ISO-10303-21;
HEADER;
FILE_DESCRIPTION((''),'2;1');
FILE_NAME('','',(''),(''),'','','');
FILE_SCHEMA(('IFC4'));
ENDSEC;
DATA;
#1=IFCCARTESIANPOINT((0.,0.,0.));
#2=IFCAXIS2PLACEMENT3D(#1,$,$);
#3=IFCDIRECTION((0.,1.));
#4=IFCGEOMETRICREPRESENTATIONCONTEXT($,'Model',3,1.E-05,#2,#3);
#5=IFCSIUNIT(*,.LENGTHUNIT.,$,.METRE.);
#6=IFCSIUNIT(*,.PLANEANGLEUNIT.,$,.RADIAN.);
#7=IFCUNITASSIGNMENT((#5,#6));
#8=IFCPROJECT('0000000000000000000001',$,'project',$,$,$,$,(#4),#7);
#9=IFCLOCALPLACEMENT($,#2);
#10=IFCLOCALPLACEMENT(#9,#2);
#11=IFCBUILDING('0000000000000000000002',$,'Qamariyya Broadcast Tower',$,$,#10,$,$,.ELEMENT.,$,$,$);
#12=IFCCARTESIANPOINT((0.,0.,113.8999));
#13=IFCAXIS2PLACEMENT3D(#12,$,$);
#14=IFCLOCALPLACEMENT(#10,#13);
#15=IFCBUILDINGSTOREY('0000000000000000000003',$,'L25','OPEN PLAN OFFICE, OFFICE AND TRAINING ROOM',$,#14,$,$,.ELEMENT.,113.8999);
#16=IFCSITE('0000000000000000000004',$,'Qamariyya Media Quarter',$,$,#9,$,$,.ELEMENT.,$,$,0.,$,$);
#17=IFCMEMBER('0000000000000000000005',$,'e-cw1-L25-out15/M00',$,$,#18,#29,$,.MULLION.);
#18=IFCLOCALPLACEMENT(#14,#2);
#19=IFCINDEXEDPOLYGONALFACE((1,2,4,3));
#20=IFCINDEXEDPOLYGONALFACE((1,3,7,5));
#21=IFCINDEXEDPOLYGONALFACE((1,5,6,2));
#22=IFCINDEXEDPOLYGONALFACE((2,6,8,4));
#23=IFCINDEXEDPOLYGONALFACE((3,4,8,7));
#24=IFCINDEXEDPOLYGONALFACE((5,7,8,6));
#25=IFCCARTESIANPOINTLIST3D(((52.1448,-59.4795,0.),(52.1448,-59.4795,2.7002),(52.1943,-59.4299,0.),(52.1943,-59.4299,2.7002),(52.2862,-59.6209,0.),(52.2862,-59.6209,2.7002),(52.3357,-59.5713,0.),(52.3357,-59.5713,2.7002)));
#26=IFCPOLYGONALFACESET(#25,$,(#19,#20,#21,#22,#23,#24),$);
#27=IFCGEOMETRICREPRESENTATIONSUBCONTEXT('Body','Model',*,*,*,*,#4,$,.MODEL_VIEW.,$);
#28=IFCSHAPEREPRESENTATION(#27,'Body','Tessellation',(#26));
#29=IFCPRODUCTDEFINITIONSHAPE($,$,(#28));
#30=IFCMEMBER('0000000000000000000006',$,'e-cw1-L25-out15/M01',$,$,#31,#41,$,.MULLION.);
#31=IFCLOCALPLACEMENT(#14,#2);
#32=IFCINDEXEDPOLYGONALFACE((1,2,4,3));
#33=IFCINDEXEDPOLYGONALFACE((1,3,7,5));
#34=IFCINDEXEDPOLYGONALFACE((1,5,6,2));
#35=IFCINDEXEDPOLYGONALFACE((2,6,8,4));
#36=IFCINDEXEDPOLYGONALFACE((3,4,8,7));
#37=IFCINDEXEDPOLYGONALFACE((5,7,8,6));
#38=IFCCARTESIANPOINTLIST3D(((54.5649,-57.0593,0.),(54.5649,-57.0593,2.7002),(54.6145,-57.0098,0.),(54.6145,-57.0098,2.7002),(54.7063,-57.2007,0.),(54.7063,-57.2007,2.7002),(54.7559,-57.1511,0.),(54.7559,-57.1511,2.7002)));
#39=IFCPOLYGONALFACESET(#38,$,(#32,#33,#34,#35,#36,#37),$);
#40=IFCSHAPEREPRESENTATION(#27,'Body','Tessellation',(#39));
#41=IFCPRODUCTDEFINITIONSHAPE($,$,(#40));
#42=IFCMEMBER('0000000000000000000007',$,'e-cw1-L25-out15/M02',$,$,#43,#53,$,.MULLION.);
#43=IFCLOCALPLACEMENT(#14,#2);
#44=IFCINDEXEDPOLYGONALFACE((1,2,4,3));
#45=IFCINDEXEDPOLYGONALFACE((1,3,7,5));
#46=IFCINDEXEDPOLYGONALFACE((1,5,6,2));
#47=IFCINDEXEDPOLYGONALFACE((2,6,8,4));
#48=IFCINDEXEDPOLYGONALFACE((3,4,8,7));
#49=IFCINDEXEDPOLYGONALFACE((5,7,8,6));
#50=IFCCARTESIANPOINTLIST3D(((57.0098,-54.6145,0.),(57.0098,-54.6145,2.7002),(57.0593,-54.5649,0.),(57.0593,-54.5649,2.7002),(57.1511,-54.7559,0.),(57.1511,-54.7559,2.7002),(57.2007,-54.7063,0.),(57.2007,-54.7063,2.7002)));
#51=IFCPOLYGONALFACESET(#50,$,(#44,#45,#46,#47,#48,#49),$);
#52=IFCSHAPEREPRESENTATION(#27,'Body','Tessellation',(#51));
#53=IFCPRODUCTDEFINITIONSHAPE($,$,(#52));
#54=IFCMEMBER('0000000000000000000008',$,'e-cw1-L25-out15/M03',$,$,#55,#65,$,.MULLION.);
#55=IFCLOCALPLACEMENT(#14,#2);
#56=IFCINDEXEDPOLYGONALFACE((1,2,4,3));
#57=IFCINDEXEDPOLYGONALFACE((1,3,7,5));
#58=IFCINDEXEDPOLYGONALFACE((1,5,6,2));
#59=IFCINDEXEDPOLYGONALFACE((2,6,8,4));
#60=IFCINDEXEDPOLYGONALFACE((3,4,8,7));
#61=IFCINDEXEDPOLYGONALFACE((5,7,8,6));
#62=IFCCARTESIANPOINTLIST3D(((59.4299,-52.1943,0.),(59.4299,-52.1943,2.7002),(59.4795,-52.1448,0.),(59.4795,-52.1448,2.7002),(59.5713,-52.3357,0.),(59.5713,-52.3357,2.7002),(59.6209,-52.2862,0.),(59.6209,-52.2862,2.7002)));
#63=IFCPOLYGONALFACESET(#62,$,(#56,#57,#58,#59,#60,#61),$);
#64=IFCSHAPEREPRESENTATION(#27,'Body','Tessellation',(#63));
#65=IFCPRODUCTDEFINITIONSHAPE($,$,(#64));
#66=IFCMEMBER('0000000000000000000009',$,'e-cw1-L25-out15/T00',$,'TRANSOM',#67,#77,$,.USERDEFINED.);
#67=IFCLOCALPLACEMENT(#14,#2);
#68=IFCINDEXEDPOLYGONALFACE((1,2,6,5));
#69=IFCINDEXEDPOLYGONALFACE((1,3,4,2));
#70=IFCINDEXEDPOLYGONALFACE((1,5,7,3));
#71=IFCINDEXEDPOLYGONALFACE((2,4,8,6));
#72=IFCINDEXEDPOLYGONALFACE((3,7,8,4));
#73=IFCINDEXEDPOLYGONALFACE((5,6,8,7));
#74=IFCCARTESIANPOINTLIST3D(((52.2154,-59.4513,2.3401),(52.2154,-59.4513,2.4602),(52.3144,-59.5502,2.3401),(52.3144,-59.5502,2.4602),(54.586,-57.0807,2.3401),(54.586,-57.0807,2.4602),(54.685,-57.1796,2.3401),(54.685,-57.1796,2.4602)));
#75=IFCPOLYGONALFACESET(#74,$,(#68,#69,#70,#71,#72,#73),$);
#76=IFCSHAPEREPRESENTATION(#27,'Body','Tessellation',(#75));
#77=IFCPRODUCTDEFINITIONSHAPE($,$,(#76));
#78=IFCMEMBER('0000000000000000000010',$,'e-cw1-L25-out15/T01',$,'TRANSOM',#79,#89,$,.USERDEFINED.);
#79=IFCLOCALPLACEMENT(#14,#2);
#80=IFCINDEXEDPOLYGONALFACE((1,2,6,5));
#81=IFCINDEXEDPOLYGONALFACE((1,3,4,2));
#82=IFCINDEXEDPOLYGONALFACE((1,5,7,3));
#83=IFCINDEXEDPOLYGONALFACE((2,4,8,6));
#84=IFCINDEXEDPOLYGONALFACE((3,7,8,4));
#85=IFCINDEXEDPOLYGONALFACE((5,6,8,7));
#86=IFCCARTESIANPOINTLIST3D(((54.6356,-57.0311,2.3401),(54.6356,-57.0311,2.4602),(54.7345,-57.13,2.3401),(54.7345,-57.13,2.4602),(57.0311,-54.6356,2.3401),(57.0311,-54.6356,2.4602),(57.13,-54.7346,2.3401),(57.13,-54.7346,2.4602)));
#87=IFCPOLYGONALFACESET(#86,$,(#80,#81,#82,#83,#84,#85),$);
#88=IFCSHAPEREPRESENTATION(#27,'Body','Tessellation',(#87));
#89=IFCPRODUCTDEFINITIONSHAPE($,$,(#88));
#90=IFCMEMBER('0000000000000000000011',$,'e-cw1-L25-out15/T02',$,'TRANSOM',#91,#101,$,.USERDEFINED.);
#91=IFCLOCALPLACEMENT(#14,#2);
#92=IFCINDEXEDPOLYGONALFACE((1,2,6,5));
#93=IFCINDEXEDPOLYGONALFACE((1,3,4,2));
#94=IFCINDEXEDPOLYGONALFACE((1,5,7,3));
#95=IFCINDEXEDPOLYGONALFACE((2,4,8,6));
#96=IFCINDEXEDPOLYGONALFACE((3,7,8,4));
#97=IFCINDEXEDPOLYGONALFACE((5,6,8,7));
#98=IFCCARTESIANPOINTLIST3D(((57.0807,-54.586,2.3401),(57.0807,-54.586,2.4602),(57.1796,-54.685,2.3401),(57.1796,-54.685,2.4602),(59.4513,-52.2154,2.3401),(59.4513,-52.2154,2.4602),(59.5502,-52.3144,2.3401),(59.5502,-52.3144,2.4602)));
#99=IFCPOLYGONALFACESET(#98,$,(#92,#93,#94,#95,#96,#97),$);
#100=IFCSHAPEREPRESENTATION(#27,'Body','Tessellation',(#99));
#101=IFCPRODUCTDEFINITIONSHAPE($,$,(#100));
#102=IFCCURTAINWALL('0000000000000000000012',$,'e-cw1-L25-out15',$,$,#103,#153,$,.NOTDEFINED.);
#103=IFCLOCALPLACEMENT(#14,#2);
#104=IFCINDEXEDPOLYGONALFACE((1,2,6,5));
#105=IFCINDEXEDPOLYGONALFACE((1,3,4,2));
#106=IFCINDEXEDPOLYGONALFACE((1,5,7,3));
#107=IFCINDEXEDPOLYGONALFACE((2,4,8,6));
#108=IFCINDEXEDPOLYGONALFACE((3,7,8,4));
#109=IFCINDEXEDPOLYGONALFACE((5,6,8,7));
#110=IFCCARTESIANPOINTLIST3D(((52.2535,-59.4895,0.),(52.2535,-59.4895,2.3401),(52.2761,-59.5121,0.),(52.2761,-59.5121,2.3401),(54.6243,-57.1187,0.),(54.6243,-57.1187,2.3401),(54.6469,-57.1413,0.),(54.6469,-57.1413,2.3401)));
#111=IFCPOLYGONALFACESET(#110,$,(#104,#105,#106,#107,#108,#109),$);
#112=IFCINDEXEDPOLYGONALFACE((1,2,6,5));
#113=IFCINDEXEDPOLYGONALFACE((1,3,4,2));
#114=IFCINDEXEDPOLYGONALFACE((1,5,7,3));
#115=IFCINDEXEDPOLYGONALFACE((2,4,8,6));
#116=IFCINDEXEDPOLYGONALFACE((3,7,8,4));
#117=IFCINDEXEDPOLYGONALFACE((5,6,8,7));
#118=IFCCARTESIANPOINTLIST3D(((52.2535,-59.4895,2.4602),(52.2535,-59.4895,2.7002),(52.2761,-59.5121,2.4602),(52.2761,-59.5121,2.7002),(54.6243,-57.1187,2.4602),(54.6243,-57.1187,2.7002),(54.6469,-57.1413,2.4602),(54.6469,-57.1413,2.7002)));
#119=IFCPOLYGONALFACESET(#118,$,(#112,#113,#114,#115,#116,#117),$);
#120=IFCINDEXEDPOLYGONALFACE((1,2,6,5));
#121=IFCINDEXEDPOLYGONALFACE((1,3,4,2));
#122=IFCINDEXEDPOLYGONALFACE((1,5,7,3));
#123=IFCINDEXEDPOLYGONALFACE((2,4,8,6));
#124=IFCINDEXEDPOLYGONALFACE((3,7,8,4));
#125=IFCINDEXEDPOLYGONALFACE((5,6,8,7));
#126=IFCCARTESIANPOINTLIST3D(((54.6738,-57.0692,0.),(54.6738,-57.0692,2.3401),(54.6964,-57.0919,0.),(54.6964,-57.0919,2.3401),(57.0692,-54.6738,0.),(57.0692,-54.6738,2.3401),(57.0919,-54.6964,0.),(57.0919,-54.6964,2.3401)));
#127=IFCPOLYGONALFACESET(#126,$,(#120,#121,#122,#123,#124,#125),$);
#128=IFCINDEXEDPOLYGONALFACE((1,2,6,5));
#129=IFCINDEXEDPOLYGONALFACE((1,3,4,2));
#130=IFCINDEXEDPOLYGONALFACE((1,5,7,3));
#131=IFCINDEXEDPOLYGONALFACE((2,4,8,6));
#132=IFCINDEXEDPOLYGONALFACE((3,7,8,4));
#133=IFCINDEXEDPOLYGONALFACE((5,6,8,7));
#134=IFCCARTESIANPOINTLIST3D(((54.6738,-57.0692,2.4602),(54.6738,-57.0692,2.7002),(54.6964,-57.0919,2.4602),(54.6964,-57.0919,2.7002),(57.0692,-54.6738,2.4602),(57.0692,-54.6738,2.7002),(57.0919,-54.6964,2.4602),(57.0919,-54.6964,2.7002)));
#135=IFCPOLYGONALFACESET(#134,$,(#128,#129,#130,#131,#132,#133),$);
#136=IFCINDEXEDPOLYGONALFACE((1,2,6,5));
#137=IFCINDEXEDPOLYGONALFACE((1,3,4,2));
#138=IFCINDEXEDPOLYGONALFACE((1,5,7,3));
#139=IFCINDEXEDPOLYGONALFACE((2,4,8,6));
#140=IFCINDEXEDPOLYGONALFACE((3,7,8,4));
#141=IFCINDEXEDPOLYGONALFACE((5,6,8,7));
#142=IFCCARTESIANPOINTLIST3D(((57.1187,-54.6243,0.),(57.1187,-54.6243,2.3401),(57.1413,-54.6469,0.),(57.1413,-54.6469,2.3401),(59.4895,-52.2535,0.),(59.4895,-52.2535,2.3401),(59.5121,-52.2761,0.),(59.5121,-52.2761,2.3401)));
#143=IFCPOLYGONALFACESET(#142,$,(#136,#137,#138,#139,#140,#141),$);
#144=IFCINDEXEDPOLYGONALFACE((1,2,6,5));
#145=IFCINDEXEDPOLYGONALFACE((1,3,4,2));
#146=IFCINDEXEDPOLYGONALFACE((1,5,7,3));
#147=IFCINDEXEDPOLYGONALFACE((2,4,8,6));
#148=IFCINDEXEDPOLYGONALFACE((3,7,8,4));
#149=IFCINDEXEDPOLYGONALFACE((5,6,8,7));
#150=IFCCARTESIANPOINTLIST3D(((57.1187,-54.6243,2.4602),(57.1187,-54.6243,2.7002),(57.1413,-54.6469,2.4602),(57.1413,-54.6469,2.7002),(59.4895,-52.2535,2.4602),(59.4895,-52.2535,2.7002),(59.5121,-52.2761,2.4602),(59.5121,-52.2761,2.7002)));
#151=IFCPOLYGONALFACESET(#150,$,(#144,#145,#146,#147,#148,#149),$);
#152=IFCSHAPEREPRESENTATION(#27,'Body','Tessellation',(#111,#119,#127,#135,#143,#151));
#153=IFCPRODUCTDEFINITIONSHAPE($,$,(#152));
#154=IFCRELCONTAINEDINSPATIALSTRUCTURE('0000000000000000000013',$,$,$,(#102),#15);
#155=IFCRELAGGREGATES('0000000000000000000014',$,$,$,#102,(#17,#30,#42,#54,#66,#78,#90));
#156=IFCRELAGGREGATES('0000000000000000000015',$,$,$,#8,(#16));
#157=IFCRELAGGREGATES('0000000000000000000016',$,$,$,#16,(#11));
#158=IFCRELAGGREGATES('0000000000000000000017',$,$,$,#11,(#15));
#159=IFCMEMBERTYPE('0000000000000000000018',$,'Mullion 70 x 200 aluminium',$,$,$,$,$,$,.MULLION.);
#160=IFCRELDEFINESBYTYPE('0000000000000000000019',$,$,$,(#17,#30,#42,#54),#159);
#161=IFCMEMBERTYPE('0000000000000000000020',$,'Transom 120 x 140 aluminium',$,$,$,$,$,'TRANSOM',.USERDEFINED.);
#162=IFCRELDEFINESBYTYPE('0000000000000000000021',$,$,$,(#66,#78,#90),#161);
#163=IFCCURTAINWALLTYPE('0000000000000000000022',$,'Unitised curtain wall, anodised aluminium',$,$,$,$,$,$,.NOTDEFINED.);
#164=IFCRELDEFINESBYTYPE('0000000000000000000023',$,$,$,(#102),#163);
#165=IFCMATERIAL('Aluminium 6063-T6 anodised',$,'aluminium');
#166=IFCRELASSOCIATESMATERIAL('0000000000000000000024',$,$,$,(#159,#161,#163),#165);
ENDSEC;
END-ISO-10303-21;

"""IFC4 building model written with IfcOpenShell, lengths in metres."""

from ifc_helpers import new_model, si_unit, direction, frame, origin, origin_2d, place, context, subcontext, project, spatial, rectangle, extrude, material, material_profile, profile_set, type_object, element, aggregate, save


model = new_model("IFC4")

# Units and contexts
model_context = context("Model", 3, precision=1e-05, world=origin(), true_north=direction((0.0, 1.0)))
body_context = subcontext(model_context, "Body", "Model", "MODEL_VIEW")
ifc_project = project(units=[si_unit("LENGTHUNIT", "METRE"), si_unit("PLANEANGLEUNIT", "RADIAN")], contexts=[model_context])

# Members
ifc_material = material(Name="Aluminium 6063-T6 anodised", Category="aluminium")
ifc_material_profile_1 = material_profile(ifc_material, rectangle(XDim=0.2, YDim=0.0701, at=origin_2d()))
ifc_profile_set_1 = profile_set([ifc_material_profile_1], Name="Aluminium 6063-T6 anodised")
member_type_1 = type_object("IfcMemberType", Name="Mullion 70 x 200 aluminium", PredefinedType="MULLION", material=ifc_profile_set_1)
site_placement = place(None, origin())
building_placement = place(site_placement, origin())
storey_placement = place(building_placement, frame((0.0, 0.0, 113.8999)))
member_1_placement = place(storey_placement, frame((52.2402, -59.5254, 0.0), z_axis=(0.0, 0.0, 1.0), x_axis=(-0.707107, 0.707107, 0.0)))
member_1 = element("IfcMember", 1, at=member_1_placement, type_object=member_type_1, Name="e-cw1-L25-out15/M00", PredefinedType="MULLION", context=body_context, shape_type="SweptSolid", body=[
    extrude(rectangle(XDim=0.2, YDim=0.0701, at=origin_2d()), origin(), (0.0, 0.0, 1.0), 2.7002),
])
member_2_placement = place(storey_placement, frame((54.6604, -57.1052, 0.0), z_axis=(0.0, 0.0, 1.0), x_axis=(-0.707107, 0.707107, 0.0)))
member_2 = element("IfcMember", 2, at=member_2_placement, type_object=member_type_1, Name="e-cw1-L25-out15/M01", PredefinedType="MULLION", context=body_context, shape_type="SweptSolid", body=[
    extrude(rectangle(XDim=0.2, YDim=0.0701, at=origin_2d()), origin(), (0.0, 0.0, 1.0), 2.7002),
])
member_3_placement = place(storey_placement, frame((57.1052, -54.6604, 0.0), z_axis=(0.0, 0.0, 1.0), x_axis=(-0.707107, 0.707107, 0.0)))
member_3 = element("IfcMember", 3, at=member_3_placement, type_object=member_type_1, Name="e-cw1-L25-out15/M02", PredefinedType="MULLION", context=body_context, shape_type="SweptSolid", body=[
    extrude(rectangle(XDim=0.2, YDim=0.0701, at=origin_2d()), origin(), (0.0, 0.0, 1.0), 2.7002),
])
member_4_placement = place(storey_placement, frame((59.5254, -52.2402, 0.0), z_axis=(0.0, 0.0, 1.0), x_axis=(-0.707107, 0.707107, 0.0)))
member_4 = element("IfcMember", 4, at=member_4_placement, type_object=member_type_1, Name="e-cw1-L25-out15/M03", PredefinedType="MULLION", context=body_context, shape_type="SweptSolid", body=[
    extrude(rectangle(XDim=0.2, YDim=0.0701, at=origin_2d()), origin(), (0.0, 0.0, 1.0), 2.7002),
])
ifc_material_profile_2 = material_profile(ifc_material, rectangle(XDim=0.1399, YDim=0.1201, at=origin_2d()))
ifc_profile_set_2 = profile_set([ifc_material_profile_2], Name="Aluminium 6063-T6 anodised")
member_type_2 = type_object("IfcMemberType", Name="Transom 120 x 140 aluminium", ElementType="TRANSOM", PredefinedType="USERDEFINED", material=ifc_profile_set_2)
member_5_placement = place(storey_placement, frame((52.2649, -59.5007, 2.4001), z_axis=(0.707107, 0.707107, 0.0), x_axis=(-0.707107, 0.707107, 0.0)))
member_5 = element("IfcMember", 5, at=member_5_placement, type_object=member_type_2, Name="e-cw1-L25-out15/T00", ObjectType="TRANSOM", PredefinedType="USERDEFINED", context=body_context, shape_type="SweptSolid", body=[
    extrude(rectangle(XDim=0.1399, YDim=0.1201, at=origin_2d()), origin(), (0.0, 0.0, 1.0), 3.3525),
])
member_6_placement = place(storey_placement, frame((54.6851, -57.0806, 2.4001), z_axis=(0.707107, 0.707107, 0.0), x_axis=(-0.707107, 0.707107, 0.0)))
member_6 = element("IfcMember", 6, at=member_6_placement, type_object=member_type_2, Name="e-cw1-L25-out15/T01", ObjectType="TRANSOM", PredefinedType="USERDEFINED", context=body_context, shape_type="SweptSolid", body=[
    extrude(rectangle(XDim=0.1399, YDim=0.1201, at=origin_2d()), origin(), (0.0, 0.0, 1.0), 3.3877),
])
member_7_placement = place(storey_placement, frame((57.1301, -54.6355, 2.4001), z_axis=(0.707107, 0.707107, 0.0), x_axis=(-0.707107, 0.707107, 0.0)))
member_7 = element("IfcMember", 7, at=member_7_placement, type_object=member_type_2, Name="e-cw1-L25-out15/T02", ObjectType="TRANSOM", PredefinedType="USERDEFINED", context=body_context, shape_type="SweptSolid", body=[
    extrude(rectangle(XDim=0.1399, YDim=0.1201, at=origin_2d()), origin(), (0.0, 0.0, 1.0), 3.3525),
])

# Site, building, storey
site = spatial("IfcSite", under=ifc_project, at=site_placement, Name="Qamariyya Media Quarter", CompositionType="ELEMENT", RefElevation=0.0)
building = spatial("IfcBuilding", under=site, at=building_placement, Name="Qamariyya Broadcast Tower", CompositionType="ELEMENT")
storey = spatial("IfcBuildingStorey", under=building, at=storey_placement, Name="L25", Description="OPEN PLAN OFFICE, OFFICE AND TRAINING ROOM", CompositionType="ELEMENT", Elevation=113.8999)

# Curtain wall
curtain_wall_type = type_object("IfcCurtainWallType", Name="Unitised curtain wall, anodised aluminium", PredefinedType="NOTDEFINED", material=ifc_material)
curtain_wall_1_placement = place(storey_placement, origin())
curtain_wall_1 = element("IfcCurtainWall", 8, at=curtain_wall_1_placement, inside=storey, type_object=curtain_wall_type, Name="e-cw1-L25-out15", PredefinedType="NOTDEFINED", context=body_context, shape_type="SweptSolid", body=[
    extrude(rectangle(XDim=3.3528, YDim=0.032, at=origin_2d()), frame((53.4502, -58.3154, 0.0), x_axis=(0.707107, 0.707107, 0.0)), (0.0, 0.0, 1.0), 2.3401),
    extrude(rectangle(XDim=3.3528, YDim=0.032, at=origin_2d()), frame((53.4502, -58.3154, 2.4602), x_axis=(0.707107, 0.707107, 0.0)), (0.0, 0.0, 1.0), 0.24),
    extrude(rectangle(XDim=3.3877, YDim=0.032, at=origin_2d()), frame((55.8828, -55.8828, 0.0), x_axis=(0.707107, 0.707107, 0.0)), (0.0, 0.0, 1.0), 2.3401),
    extrude(rectangle(XDim=3.3877, YDim=0.032, at=origin_2d()), frame((55.8828, -55.8828, 2.4602), x_axis=(0.707107, 0.707107, 0.0)), (0.0, 0.0, 1.0), 0.24),
    extrude(rectangle(XDim=3.3528, YDim=0.032, at=origin_2d()), frame((58.3154, -53.4502, 0.0), x_axis=(0.707107, 0.707107, 0.0)), (0.0, 0.0, 1.0), 2.3401),
    extrude(rectangle(XDim=3.3528, YDim=0.032, at=origin_2d()), frame((58.3154, -53.4502, 2.4602), x_axis=(0.707107, 0.707107, 0.0)), (0.0, 0.0, 1.0), 0.24),
])
aggregate(curtain_wall_1, [member_1, member_2, member_3, member_4, member_5, member_6, member_7])

save(model, "model.ifc")
